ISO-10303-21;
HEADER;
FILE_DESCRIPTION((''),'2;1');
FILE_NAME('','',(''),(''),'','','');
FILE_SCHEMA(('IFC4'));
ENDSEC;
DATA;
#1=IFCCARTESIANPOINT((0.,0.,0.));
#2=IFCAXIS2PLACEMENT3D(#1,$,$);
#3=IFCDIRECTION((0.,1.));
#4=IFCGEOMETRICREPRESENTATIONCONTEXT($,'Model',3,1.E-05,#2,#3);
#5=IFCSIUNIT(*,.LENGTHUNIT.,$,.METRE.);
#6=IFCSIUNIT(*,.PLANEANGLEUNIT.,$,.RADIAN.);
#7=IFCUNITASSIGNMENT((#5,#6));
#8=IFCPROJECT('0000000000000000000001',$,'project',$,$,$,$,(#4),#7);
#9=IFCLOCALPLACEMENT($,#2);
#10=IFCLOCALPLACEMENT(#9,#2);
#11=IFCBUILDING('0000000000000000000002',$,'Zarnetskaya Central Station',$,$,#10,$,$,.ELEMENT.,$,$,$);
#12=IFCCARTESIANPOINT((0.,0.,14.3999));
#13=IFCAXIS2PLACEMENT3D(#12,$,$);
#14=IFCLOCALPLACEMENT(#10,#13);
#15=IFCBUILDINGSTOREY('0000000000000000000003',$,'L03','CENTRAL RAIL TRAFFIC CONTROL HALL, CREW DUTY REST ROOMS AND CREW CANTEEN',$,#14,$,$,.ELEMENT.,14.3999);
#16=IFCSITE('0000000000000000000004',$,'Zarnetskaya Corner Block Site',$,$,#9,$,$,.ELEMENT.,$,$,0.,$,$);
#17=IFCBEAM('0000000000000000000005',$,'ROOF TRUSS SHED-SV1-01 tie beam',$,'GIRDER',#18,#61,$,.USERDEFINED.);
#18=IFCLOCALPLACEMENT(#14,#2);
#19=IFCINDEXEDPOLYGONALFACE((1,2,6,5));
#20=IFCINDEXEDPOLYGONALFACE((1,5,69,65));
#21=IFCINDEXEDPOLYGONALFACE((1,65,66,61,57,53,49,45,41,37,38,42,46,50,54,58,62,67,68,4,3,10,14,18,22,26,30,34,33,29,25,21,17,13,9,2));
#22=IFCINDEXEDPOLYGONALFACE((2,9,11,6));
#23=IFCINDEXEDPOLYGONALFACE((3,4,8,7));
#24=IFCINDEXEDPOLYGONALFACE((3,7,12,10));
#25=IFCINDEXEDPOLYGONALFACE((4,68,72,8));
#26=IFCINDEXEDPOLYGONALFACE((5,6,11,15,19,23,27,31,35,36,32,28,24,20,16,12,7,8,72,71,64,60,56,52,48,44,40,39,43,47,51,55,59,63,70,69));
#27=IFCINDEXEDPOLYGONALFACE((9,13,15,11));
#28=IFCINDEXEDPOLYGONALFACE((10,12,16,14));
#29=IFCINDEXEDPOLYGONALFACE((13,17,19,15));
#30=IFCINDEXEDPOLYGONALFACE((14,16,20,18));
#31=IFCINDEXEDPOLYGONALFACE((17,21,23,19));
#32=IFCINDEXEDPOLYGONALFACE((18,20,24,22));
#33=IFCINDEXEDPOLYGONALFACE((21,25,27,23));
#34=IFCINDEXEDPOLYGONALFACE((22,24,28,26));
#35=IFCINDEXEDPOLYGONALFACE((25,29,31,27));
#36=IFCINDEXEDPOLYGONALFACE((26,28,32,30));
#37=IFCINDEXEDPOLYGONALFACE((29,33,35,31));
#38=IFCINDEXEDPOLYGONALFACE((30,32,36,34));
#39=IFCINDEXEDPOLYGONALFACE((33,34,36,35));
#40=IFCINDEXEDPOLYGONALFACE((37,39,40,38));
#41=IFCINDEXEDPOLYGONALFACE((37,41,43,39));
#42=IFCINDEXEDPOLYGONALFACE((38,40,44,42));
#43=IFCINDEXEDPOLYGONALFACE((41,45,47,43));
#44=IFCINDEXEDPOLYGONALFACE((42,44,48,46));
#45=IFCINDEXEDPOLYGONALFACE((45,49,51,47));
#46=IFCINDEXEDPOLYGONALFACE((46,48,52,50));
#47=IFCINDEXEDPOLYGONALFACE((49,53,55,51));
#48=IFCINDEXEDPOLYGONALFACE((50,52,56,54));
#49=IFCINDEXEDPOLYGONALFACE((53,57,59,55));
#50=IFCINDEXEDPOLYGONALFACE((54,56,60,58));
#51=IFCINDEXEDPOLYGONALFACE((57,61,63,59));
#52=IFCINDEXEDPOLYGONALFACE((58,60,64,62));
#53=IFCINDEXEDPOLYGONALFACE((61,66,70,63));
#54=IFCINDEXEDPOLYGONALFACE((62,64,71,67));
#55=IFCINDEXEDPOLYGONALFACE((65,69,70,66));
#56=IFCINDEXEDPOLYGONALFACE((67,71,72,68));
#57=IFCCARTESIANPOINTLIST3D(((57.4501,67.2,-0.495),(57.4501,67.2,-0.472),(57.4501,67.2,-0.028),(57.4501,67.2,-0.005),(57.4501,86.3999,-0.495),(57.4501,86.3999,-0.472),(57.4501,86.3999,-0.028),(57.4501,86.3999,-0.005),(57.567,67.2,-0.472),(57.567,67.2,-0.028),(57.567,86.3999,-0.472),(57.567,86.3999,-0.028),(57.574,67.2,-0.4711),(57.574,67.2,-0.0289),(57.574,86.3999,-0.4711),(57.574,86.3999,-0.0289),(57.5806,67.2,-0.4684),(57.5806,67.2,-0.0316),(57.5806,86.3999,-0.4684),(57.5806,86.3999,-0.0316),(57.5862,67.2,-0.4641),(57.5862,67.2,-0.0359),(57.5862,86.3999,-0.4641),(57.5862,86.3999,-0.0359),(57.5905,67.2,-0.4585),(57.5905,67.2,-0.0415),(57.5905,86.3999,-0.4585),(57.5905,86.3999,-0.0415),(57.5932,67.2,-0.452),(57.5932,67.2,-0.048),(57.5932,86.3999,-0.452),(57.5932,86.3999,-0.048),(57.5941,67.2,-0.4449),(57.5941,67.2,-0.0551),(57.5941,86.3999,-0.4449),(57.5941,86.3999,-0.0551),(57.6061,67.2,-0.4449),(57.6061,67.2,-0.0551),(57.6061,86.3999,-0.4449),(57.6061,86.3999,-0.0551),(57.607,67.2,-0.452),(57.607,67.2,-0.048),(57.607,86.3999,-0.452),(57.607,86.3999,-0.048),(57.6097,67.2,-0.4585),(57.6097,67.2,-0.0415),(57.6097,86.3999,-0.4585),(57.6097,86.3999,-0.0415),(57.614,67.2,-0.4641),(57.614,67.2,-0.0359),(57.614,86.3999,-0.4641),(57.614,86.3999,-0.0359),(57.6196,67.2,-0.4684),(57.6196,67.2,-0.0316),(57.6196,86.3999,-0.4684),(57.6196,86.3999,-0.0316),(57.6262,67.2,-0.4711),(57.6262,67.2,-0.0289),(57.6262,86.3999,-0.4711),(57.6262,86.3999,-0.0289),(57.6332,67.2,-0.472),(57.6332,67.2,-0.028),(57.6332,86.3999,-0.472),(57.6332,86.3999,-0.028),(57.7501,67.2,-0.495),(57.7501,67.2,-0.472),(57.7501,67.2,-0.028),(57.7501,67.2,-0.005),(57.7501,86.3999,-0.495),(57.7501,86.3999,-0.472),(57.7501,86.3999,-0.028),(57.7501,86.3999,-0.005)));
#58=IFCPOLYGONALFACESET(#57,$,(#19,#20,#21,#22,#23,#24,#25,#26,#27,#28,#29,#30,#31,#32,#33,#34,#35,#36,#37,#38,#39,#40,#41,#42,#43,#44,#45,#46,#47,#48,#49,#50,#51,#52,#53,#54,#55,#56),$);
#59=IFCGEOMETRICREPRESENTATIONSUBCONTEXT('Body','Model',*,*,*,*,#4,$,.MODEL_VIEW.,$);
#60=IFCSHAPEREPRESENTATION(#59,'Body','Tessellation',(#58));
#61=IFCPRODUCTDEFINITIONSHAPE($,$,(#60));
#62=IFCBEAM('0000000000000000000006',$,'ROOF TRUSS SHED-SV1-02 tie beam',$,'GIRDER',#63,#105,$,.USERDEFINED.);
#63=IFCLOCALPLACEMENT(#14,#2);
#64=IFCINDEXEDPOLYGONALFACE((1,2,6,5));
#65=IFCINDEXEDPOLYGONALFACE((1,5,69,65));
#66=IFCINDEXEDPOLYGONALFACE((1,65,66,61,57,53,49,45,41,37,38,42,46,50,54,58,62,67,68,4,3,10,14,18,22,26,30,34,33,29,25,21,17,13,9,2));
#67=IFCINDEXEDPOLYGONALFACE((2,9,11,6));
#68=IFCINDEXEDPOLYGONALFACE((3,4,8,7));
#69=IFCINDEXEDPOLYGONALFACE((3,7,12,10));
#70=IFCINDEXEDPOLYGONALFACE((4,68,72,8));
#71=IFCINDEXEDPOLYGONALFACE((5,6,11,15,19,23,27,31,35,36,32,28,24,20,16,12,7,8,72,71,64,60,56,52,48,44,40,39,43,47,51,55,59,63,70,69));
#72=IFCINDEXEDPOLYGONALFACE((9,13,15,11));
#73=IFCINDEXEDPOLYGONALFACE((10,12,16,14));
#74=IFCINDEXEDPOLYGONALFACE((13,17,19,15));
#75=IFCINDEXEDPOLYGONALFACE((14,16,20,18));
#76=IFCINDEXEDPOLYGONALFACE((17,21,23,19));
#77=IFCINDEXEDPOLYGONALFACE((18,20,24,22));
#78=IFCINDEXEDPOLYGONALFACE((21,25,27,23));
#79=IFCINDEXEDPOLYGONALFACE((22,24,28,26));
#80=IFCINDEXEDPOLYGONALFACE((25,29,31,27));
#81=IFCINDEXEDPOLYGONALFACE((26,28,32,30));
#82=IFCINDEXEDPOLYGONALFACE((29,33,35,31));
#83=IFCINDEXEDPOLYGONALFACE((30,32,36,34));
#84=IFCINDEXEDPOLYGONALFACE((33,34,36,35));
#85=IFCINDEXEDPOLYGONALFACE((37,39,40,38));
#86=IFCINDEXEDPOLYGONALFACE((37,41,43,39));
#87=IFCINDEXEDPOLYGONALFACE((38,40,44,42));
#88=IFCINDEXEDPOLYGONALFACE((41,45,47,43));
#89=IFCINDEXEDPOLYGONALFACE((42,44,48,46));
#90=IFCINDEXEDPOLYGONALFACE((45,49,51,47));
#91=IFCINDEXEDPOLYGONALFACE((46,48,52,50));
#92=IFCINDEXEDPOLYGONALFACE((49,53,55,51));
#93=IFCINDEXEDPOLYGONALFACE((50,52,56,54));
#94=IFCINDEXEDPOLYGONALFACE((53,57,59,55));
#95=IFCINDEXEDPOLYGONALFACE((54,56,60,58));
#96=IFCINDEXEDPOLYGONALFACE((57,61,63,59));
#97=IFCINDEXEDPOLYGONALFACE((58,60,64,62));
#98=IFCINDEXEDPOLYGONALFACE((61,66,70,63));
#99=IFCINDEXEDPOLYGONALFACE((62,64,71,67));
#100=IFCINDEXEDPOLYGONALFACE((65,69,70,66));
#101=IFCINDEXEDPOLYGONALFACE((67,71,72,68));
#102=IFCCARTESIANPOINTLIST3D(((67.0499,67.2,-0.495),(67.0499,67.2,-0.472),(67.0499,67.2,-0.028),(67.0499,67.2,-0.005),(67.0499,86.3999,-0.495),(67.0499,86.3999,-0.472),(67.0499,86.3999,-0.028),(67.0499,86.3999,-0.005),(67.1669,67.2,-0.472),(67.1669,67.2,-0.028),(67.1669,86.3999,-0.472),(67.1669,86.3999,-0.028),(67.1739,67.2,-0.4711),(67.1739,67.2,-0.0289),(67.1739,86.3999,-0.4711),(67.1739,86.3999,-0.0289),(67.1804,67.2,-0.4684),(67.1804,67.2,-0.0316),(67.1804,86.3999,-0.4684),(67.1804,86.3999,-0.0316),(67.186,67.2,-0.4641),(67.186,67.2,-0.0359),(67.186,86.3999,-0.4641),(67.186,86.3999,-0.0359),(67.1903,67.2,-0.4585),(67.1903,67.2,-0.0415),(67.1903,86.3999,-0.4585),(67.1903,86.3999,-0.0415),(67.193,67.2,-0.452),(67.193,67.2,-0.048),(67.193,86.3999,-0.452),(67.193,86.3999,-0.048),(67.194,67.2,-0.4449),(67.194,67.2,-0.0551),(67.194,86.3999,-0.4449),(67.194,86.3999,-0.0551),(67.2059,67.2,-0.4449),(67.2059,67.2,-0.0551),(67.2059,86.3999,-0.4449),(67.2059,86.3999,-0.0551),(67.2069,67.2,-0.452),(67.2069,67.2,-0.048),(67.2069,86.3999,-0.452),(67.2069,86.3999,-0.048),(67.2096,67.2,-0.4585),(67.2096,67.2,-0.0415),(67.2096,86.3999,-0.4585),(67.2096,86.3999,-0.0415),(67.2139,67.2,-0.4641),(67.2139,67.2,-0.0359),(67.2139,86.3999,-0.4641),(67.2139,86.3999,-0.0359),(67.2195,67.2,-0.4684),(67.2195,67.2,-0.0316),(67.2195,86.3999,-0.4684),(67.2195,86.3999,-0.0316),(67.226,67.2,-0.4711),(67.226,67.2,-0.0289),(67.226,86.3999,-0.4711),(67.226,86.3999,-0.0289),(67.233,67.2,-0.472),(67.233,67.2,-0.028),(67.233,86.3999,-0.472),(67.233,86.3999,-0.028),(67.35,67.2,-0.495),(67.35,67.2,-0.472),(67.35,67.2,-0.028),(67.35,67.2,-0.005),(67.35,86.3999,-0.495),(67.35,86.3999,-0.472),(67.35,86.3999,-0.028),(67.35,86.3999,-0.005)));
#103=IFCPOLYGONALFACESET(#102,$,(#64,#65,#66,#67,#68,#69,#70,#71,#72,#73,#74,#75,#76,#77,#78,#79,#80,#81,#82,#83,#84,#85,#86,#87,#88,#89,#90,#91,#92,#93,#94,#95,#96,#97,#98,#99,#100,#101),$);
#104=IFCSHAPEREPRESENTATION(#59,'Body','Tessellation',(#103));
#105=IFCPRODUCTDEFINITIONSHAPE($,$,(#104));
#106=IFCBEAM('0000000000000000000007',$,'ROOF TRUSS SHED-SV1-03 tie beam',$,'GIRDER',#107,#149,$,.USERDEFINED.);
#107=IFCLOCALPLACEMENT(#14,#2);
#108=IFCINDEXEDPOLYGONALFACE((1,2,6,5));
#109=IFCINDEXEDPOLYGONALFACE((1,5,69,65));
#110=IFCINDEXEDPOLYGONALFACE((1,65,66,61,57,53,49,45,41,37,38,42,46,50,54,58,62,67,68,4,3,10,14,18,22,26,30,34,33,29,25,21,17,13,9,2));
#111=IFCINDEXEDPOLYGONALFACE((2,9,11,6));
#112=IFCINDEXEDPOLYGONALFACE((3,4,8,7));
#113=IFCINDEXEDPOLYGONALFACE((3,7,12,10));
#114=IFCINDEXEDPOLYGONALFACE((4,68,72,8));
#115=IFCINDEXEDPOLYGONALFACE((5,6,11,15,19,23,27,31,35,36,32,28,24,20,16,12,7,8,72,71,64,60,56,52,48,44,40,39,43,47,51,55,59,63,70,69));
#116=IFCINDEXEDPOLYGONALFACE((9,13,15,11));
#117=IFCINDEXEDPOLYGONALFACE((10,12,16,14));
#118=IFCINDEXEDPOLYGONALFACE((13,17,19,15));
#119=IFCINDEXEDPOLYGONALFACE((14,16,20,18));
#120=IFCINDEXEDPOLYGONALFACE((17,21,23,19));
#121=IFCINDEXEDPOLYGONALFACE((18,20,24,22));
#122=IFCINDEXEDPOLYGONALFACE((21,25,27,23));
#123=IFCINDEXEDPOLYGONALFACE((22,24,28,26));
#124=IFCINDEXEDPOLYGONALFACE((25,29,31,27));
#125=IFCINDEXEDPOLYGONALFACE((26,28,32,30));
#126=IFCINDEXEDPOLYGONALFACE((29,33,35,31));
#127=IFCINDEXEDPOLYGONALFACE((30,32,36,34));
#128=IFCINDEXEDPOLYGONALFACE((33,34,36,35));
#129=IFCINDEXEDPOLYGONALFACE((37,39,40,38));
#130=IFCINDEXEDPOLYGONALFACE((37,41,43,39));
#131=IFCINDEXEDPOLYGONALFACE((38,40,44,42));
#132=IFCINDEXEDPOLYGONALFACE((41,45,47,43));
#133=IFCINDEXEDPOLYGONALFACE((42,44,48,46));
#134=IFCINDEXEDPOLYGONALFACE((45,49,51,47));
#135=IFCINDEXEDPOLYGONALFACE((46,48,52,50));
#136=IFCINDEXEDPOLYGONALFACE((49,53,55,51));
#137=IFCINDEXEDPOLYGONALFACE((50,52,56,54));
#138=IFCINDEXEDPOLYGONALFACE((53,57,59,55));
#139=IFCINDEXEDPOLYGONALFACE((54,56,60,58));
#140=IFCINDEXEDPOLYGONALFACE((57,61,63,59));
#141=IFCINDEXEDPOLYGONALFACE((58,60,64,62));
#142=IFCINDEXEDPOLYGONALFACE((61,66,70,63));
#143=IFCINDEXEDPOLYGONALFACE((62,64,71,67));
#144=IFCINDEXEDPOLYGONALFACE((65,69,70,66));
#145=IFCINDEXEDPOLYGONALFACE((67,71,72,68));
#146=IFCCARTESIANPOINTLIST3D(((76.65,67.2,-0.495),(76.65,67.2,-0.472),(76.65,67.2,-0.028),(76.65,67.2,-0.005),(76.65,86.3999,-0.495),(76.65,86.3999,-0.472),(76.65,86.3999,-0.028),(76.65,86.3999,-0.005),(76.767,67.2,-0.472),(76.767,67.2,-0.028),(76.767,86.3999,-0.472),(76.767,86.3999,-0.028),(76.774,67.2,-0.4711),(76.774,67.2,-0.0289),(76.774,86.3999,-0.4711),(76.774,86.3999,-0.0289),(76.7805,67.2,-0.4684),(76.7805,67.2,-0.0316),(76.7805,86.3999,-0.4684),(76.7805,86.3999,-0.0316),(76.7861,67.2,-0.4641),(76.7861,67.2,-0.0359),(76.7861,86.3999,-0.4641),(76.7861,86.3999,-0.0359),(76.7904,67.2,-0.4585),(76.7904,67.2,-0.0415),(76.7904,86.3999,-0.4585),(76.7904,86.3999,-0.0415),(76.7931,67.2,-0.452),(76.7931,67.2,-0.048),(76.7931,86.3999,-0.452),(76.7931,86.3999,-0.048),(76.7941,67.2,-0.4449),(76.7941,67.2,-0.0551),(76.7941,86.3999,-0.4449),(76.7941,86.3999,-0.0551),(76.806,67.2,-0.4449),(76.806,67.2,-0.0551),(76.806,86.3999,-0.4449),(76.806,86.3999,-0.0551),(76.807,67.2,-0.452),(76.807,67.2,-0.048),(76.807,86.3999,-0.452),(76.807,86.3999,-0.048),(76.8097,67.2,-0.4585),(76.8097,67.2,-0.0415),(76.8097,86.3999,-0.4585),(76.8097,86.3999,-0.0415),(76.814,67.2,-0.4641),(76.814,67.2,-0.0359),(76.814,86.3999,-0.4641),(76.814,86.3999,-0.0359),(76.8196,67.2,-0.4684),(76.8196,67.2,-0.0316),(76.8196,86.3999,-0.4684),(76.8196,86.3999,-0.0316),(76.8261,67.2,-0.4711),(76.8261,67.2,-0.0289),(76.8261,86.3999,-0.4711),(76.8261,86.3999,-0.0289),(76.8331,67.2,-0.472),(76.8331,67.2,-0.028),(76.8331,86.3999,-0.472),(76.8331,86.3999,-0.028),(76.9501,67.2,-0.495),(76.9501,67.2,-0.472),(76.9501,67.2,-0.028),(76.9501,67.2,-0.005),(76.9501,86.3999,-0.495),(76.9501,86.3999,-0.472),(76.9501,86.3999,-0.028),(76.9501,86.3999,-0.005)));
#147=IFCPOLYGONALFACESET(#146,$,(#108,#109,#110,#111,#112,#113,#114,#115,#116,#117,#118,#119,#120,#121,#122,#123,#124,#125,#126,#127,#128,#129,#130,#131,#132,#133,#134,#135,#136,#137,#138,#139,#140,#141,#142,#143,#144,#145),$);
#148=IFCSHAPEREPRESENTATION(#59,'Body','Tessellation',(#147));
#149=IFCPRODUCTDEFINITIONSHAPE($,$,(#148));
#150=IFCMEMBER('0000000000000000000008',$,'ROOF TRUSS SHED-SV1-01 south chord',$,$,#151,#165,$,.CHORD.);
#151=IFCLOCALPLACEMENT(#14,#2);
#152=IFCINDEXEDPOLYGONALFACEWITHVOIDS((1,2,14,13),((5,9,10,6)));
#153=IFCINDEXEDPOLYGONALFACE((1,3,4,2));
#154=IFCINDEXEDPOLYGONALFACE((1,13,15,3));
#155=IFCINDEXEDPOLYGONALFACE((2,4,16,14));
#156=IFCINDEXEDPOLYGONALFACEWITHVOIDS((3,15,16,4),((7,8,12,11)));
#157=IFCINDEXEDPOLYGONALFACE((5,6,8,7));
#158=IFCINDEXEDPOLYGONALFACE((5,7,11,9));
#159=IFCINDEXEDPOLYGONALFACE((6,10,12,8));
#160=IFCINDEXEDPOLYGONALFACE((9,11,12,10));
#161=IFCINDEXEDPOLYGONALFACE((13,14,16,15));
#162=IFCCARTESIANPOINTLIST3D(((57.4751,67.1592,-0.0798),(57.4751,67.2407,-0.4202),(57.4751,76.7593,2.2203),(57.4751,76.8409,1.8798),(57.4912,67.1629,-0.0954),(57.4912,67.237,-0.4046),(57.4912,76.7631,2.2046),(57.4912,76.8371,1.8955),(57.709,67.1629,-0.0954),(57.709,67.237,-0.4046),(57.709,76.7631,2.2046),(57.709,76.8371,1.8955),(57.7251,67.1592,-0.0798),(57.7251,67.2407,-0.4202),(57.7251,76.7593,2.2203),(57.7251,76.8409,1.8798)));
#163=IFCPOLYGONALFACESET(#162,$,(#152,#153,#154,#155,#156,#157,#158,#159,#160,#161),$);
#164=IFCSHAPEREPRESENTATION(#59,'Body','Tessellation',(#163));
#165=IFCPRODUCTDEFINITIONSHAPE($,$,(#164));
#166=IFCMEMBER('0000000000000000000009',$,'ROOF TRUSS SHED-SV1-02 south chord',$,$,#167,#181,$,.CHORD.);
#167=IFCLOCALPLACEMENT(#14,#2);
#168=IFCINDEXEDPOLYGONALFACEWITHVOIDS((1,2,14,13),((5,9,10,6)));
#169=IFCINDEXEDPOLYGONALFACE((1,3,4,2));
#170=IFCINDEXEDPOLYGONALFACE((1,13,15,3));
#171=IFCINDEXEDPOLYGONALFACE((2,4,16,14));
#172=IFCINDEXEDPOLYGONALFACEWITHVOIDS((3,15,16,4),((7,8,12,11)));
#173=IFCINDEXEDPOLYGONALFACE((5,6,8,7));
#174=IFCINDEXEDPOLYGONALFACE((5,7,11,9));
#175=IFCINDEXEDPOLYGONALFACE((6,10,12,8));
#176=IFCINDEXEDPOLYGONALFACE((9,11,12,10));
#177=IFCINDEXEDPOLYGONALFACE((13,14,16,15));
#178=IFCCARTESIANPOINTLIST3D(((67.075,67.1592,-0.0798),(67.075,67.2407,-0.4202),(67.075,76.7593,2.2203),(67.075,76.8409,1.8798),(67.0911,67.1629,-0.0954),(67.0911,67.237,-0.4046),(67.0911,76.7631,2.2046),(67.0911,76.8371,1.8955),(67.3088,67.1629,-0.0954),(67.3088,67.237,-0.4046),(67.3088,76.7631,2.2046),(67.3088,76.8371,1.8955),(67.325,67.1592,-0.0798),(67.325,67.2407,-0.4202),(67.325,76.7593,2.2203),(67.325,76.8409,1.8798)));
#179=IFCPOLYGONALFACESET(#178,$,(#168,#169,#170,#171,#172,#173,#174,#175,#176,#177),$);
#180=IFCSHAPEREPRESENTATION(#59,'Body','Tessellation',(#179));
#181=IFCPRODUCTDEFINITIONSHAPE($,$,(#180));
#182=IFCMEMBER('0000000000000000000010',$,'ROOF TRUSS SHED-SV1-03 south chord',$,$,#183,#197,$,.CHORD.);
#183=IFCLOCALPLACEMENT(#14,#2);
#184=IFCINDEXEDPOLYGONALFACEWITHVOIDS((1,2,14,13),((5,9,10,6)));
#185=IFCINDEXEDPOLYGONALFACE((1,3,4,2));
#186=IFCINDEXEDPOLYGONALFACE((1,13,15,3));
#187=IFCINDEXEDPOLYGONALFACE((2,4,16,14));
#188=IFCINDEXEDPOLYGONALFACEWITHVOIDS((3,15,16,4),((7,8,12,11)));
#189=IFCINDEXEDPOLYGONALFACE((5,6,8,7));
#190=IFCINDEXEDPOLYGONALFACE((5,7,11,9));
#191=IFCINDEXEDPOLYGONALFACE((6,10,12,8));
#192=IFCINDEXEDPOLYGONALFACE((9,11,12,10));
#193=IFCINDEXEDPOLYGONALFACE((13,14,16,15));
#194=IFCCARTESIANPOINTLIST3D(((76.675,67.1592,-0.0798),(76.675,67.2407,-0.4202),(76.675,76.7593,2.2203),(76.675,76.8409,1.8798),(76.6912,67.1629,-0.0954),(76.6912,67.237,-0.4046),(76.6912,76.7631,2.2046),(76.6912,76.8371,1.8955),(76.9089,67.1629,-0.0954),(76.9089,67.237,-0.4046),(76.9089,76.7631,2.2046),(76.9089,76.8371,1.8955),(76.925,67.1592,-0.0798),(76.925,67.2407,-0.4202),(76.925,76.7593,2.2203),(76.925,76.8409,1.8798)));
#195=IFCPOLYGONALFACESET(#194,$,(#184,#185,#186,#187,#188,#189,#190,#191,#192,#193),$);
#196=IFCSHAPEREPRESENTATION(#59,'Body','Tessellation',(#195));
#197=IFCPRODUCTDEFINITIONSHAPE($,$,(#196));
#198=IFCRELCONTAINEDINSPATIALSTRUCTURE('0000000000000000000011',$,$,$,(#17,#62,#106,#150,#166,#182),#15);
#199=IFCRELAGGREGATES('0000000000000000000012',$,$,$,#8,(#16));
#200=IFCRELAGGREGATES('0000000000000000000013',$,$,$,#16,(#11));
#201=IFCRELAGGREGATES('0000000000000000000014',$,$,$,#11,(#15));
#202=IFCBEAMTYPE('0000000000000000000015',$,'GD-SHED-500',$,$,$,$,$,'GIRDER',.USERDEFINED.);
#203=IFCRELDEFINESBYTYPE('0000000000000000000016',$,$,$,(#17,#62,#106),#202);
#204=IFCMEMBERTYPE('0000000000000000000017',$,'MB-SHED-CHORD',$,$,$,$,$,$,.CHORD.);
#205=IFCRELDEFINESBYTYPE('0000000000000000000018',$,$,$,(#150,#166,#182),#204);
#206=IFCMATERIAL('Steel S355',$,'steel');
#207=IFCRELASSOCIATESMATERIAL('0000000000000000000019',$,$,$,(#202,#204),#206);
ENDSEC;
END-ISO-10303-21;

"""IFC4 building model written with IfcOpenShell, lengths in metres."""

from ifc_helpers import new_model, si_unit, direction, frame, origin, origin_2d, place, context, subcontext, project, spatial, hollow_rectangle, i_section, extrude, material, material_profile, profile_set, type_object, element, save


model = new_model("IFC4")

# Units and contexts
model_context = context("Model", 3, precision=1e-05, world=origin(), true_north=direction((0.0, 1.0)))
body_context = subcontext(model_context, "Body", "Model", "MODEL_VIEW")
ifc_project = project(units=[si_unit("LENGTHUNIT", "METRE"), si_unit("PLANEANGLEUNIT", "RADIAN")], contexts=[model_context])

# Site, building, storey
site_placement = place(None, origin())
site = spatial("IfcSite", under=ifc_project, at=site_placement, Name="Zarnetskaya Corner Block Site", CompositionType="ELEMENT", RefElevation=0.0)
building_placement = place(site_placement, origin())
building = spatial("IfcBuilding", under=site, at=building_placement, Name="Zarnetskaya Central Station", CompositionType="ELEMENT")
storey_placement = place(building_placement, frame((0.0, 0.0, 14.3999)))
storey = spatial("IfcBuildingStorey", under=building, at=storey_placement, Name="L03", Description="CENTRAL RAIL TRAFFIC CONTROL HALL, CREW DUTY REST ROOMS AND CREW CANTEEN", CompositionType="ELEMENT", Elevation=14.3999)

# Beams
ifc_material_1 = material(Name="Steel S355", Category="steel")
ifc_material_profile_1 = material_profile(ifc_material_1, i_section(OverallWidth=0.3, OverallDepth=0.49, WebThickness=0.012, FlangeThickness=0.0229, FilletRadius=0.0271, at=origin_2d()), Name="HEA 500")
ifc_profile_set_1 = profile_set([ifc_material_profile_1], Name="Steel S355")
beam_type_1 = type_object("IfcBeamType", Name="GD-SHED-500", ElementType="GIRDER", PredefinedType="USERDEFINED", material=ifc_profile_set_1)
for number, where, z_axis, x_axis, name in (
    (1, (57.6001, 67.2, -0.25), (0.0, 1.0, 0.0), (-1.0, 0.0, 0.0), "ROOF TRUSS SHED-SV1-01 tie beam"),
    (2, (67.2, 67.2, -0.25), (0.0, 1.0, 0.0), (-1.0, 0.0, 0.0), "ROOF TRUSS SHED-SV1-02 tie beam"),
    (3, (76.8, 67.2, -0.25), (0.0, 1.0, 0.0), (-1.0, 0.0, 0.0), "ROOF TRUSS SHED-SV1-03 tie beam"),
):
    element("IfcBeam", number, at=place(storey_placement, frame(where, z_axis=z_axis, x_axis=x_axis)), inside=storey, type_object=beam_type_1, Name=name, ObjectType="GIRDER", PredefinedType="USERDEFINED", context=body_context, shape_type="SweptSolid", body=[
        extrude(i_section(OverallWidth=0.3, OverallDepth=0.49, WebThickness=0.012, FlangeThickness=0.0229, FilletRadius=0.0271, at=origin_2d()), origin(), (0.0, 0.0, 1.0), 19.2),
    ])

# Members
ifc_material_profile_2 = material_profile(ifc_material_1, hollow_rectangle(XDim=0.25, YDim=0.3501, WallThickness=0.0161, at=origin_2d()), Name="RHS 350x250x16")
ifc_profile_set_2 = profile_set([ifc_material_profile_2], Name="Steel S355")
member_type_1 = type_object("IfcMemberType", Name="MB-SHED-CHORD", PredefinedType="CHORD", material=ifc_profile_set_2)
for number, where, z_axis, x_axis, name in (
    (4, (57.6001, 67.2, -0.25), (0.0, 0.972479, 0.232992), (-1.0, 0.0, 0.0), "ROOF TRUSS SHED-SV1-01 south chord"),
    (5, (67.2, 67.2, -0.25), (0.0, 0.972479, 0.232992), (-1.0, 0.0, 0.0), "ROOF TRUSS SHED-SV1-02 south chord"),
    (6, (76.8, 67.2, -0.25), (0.0, 0.972479, 0.232992), (-1.0, 0.0, 0.0), "ROOF TRUSS SHED-SV1-03 south chord"),
):
    element("IfcMember", number, at=place(storey_placement, frame(where, z_axis=z_axis, x_axis=x_axis)), inside=storey, type_object=member_type_1, Name=name, PredefinedType="CHORD", context=body_context, shape_type="SweptSolid", body=[
        extrude(hollow_rectangle(XDim=0.25, YDim=0.3501, WallThickness=0.0161, at=origin_2d()), origin(), (0.0, 0.0, 1.0), 9.8718),
    ])

save(model, "model.ifc")
